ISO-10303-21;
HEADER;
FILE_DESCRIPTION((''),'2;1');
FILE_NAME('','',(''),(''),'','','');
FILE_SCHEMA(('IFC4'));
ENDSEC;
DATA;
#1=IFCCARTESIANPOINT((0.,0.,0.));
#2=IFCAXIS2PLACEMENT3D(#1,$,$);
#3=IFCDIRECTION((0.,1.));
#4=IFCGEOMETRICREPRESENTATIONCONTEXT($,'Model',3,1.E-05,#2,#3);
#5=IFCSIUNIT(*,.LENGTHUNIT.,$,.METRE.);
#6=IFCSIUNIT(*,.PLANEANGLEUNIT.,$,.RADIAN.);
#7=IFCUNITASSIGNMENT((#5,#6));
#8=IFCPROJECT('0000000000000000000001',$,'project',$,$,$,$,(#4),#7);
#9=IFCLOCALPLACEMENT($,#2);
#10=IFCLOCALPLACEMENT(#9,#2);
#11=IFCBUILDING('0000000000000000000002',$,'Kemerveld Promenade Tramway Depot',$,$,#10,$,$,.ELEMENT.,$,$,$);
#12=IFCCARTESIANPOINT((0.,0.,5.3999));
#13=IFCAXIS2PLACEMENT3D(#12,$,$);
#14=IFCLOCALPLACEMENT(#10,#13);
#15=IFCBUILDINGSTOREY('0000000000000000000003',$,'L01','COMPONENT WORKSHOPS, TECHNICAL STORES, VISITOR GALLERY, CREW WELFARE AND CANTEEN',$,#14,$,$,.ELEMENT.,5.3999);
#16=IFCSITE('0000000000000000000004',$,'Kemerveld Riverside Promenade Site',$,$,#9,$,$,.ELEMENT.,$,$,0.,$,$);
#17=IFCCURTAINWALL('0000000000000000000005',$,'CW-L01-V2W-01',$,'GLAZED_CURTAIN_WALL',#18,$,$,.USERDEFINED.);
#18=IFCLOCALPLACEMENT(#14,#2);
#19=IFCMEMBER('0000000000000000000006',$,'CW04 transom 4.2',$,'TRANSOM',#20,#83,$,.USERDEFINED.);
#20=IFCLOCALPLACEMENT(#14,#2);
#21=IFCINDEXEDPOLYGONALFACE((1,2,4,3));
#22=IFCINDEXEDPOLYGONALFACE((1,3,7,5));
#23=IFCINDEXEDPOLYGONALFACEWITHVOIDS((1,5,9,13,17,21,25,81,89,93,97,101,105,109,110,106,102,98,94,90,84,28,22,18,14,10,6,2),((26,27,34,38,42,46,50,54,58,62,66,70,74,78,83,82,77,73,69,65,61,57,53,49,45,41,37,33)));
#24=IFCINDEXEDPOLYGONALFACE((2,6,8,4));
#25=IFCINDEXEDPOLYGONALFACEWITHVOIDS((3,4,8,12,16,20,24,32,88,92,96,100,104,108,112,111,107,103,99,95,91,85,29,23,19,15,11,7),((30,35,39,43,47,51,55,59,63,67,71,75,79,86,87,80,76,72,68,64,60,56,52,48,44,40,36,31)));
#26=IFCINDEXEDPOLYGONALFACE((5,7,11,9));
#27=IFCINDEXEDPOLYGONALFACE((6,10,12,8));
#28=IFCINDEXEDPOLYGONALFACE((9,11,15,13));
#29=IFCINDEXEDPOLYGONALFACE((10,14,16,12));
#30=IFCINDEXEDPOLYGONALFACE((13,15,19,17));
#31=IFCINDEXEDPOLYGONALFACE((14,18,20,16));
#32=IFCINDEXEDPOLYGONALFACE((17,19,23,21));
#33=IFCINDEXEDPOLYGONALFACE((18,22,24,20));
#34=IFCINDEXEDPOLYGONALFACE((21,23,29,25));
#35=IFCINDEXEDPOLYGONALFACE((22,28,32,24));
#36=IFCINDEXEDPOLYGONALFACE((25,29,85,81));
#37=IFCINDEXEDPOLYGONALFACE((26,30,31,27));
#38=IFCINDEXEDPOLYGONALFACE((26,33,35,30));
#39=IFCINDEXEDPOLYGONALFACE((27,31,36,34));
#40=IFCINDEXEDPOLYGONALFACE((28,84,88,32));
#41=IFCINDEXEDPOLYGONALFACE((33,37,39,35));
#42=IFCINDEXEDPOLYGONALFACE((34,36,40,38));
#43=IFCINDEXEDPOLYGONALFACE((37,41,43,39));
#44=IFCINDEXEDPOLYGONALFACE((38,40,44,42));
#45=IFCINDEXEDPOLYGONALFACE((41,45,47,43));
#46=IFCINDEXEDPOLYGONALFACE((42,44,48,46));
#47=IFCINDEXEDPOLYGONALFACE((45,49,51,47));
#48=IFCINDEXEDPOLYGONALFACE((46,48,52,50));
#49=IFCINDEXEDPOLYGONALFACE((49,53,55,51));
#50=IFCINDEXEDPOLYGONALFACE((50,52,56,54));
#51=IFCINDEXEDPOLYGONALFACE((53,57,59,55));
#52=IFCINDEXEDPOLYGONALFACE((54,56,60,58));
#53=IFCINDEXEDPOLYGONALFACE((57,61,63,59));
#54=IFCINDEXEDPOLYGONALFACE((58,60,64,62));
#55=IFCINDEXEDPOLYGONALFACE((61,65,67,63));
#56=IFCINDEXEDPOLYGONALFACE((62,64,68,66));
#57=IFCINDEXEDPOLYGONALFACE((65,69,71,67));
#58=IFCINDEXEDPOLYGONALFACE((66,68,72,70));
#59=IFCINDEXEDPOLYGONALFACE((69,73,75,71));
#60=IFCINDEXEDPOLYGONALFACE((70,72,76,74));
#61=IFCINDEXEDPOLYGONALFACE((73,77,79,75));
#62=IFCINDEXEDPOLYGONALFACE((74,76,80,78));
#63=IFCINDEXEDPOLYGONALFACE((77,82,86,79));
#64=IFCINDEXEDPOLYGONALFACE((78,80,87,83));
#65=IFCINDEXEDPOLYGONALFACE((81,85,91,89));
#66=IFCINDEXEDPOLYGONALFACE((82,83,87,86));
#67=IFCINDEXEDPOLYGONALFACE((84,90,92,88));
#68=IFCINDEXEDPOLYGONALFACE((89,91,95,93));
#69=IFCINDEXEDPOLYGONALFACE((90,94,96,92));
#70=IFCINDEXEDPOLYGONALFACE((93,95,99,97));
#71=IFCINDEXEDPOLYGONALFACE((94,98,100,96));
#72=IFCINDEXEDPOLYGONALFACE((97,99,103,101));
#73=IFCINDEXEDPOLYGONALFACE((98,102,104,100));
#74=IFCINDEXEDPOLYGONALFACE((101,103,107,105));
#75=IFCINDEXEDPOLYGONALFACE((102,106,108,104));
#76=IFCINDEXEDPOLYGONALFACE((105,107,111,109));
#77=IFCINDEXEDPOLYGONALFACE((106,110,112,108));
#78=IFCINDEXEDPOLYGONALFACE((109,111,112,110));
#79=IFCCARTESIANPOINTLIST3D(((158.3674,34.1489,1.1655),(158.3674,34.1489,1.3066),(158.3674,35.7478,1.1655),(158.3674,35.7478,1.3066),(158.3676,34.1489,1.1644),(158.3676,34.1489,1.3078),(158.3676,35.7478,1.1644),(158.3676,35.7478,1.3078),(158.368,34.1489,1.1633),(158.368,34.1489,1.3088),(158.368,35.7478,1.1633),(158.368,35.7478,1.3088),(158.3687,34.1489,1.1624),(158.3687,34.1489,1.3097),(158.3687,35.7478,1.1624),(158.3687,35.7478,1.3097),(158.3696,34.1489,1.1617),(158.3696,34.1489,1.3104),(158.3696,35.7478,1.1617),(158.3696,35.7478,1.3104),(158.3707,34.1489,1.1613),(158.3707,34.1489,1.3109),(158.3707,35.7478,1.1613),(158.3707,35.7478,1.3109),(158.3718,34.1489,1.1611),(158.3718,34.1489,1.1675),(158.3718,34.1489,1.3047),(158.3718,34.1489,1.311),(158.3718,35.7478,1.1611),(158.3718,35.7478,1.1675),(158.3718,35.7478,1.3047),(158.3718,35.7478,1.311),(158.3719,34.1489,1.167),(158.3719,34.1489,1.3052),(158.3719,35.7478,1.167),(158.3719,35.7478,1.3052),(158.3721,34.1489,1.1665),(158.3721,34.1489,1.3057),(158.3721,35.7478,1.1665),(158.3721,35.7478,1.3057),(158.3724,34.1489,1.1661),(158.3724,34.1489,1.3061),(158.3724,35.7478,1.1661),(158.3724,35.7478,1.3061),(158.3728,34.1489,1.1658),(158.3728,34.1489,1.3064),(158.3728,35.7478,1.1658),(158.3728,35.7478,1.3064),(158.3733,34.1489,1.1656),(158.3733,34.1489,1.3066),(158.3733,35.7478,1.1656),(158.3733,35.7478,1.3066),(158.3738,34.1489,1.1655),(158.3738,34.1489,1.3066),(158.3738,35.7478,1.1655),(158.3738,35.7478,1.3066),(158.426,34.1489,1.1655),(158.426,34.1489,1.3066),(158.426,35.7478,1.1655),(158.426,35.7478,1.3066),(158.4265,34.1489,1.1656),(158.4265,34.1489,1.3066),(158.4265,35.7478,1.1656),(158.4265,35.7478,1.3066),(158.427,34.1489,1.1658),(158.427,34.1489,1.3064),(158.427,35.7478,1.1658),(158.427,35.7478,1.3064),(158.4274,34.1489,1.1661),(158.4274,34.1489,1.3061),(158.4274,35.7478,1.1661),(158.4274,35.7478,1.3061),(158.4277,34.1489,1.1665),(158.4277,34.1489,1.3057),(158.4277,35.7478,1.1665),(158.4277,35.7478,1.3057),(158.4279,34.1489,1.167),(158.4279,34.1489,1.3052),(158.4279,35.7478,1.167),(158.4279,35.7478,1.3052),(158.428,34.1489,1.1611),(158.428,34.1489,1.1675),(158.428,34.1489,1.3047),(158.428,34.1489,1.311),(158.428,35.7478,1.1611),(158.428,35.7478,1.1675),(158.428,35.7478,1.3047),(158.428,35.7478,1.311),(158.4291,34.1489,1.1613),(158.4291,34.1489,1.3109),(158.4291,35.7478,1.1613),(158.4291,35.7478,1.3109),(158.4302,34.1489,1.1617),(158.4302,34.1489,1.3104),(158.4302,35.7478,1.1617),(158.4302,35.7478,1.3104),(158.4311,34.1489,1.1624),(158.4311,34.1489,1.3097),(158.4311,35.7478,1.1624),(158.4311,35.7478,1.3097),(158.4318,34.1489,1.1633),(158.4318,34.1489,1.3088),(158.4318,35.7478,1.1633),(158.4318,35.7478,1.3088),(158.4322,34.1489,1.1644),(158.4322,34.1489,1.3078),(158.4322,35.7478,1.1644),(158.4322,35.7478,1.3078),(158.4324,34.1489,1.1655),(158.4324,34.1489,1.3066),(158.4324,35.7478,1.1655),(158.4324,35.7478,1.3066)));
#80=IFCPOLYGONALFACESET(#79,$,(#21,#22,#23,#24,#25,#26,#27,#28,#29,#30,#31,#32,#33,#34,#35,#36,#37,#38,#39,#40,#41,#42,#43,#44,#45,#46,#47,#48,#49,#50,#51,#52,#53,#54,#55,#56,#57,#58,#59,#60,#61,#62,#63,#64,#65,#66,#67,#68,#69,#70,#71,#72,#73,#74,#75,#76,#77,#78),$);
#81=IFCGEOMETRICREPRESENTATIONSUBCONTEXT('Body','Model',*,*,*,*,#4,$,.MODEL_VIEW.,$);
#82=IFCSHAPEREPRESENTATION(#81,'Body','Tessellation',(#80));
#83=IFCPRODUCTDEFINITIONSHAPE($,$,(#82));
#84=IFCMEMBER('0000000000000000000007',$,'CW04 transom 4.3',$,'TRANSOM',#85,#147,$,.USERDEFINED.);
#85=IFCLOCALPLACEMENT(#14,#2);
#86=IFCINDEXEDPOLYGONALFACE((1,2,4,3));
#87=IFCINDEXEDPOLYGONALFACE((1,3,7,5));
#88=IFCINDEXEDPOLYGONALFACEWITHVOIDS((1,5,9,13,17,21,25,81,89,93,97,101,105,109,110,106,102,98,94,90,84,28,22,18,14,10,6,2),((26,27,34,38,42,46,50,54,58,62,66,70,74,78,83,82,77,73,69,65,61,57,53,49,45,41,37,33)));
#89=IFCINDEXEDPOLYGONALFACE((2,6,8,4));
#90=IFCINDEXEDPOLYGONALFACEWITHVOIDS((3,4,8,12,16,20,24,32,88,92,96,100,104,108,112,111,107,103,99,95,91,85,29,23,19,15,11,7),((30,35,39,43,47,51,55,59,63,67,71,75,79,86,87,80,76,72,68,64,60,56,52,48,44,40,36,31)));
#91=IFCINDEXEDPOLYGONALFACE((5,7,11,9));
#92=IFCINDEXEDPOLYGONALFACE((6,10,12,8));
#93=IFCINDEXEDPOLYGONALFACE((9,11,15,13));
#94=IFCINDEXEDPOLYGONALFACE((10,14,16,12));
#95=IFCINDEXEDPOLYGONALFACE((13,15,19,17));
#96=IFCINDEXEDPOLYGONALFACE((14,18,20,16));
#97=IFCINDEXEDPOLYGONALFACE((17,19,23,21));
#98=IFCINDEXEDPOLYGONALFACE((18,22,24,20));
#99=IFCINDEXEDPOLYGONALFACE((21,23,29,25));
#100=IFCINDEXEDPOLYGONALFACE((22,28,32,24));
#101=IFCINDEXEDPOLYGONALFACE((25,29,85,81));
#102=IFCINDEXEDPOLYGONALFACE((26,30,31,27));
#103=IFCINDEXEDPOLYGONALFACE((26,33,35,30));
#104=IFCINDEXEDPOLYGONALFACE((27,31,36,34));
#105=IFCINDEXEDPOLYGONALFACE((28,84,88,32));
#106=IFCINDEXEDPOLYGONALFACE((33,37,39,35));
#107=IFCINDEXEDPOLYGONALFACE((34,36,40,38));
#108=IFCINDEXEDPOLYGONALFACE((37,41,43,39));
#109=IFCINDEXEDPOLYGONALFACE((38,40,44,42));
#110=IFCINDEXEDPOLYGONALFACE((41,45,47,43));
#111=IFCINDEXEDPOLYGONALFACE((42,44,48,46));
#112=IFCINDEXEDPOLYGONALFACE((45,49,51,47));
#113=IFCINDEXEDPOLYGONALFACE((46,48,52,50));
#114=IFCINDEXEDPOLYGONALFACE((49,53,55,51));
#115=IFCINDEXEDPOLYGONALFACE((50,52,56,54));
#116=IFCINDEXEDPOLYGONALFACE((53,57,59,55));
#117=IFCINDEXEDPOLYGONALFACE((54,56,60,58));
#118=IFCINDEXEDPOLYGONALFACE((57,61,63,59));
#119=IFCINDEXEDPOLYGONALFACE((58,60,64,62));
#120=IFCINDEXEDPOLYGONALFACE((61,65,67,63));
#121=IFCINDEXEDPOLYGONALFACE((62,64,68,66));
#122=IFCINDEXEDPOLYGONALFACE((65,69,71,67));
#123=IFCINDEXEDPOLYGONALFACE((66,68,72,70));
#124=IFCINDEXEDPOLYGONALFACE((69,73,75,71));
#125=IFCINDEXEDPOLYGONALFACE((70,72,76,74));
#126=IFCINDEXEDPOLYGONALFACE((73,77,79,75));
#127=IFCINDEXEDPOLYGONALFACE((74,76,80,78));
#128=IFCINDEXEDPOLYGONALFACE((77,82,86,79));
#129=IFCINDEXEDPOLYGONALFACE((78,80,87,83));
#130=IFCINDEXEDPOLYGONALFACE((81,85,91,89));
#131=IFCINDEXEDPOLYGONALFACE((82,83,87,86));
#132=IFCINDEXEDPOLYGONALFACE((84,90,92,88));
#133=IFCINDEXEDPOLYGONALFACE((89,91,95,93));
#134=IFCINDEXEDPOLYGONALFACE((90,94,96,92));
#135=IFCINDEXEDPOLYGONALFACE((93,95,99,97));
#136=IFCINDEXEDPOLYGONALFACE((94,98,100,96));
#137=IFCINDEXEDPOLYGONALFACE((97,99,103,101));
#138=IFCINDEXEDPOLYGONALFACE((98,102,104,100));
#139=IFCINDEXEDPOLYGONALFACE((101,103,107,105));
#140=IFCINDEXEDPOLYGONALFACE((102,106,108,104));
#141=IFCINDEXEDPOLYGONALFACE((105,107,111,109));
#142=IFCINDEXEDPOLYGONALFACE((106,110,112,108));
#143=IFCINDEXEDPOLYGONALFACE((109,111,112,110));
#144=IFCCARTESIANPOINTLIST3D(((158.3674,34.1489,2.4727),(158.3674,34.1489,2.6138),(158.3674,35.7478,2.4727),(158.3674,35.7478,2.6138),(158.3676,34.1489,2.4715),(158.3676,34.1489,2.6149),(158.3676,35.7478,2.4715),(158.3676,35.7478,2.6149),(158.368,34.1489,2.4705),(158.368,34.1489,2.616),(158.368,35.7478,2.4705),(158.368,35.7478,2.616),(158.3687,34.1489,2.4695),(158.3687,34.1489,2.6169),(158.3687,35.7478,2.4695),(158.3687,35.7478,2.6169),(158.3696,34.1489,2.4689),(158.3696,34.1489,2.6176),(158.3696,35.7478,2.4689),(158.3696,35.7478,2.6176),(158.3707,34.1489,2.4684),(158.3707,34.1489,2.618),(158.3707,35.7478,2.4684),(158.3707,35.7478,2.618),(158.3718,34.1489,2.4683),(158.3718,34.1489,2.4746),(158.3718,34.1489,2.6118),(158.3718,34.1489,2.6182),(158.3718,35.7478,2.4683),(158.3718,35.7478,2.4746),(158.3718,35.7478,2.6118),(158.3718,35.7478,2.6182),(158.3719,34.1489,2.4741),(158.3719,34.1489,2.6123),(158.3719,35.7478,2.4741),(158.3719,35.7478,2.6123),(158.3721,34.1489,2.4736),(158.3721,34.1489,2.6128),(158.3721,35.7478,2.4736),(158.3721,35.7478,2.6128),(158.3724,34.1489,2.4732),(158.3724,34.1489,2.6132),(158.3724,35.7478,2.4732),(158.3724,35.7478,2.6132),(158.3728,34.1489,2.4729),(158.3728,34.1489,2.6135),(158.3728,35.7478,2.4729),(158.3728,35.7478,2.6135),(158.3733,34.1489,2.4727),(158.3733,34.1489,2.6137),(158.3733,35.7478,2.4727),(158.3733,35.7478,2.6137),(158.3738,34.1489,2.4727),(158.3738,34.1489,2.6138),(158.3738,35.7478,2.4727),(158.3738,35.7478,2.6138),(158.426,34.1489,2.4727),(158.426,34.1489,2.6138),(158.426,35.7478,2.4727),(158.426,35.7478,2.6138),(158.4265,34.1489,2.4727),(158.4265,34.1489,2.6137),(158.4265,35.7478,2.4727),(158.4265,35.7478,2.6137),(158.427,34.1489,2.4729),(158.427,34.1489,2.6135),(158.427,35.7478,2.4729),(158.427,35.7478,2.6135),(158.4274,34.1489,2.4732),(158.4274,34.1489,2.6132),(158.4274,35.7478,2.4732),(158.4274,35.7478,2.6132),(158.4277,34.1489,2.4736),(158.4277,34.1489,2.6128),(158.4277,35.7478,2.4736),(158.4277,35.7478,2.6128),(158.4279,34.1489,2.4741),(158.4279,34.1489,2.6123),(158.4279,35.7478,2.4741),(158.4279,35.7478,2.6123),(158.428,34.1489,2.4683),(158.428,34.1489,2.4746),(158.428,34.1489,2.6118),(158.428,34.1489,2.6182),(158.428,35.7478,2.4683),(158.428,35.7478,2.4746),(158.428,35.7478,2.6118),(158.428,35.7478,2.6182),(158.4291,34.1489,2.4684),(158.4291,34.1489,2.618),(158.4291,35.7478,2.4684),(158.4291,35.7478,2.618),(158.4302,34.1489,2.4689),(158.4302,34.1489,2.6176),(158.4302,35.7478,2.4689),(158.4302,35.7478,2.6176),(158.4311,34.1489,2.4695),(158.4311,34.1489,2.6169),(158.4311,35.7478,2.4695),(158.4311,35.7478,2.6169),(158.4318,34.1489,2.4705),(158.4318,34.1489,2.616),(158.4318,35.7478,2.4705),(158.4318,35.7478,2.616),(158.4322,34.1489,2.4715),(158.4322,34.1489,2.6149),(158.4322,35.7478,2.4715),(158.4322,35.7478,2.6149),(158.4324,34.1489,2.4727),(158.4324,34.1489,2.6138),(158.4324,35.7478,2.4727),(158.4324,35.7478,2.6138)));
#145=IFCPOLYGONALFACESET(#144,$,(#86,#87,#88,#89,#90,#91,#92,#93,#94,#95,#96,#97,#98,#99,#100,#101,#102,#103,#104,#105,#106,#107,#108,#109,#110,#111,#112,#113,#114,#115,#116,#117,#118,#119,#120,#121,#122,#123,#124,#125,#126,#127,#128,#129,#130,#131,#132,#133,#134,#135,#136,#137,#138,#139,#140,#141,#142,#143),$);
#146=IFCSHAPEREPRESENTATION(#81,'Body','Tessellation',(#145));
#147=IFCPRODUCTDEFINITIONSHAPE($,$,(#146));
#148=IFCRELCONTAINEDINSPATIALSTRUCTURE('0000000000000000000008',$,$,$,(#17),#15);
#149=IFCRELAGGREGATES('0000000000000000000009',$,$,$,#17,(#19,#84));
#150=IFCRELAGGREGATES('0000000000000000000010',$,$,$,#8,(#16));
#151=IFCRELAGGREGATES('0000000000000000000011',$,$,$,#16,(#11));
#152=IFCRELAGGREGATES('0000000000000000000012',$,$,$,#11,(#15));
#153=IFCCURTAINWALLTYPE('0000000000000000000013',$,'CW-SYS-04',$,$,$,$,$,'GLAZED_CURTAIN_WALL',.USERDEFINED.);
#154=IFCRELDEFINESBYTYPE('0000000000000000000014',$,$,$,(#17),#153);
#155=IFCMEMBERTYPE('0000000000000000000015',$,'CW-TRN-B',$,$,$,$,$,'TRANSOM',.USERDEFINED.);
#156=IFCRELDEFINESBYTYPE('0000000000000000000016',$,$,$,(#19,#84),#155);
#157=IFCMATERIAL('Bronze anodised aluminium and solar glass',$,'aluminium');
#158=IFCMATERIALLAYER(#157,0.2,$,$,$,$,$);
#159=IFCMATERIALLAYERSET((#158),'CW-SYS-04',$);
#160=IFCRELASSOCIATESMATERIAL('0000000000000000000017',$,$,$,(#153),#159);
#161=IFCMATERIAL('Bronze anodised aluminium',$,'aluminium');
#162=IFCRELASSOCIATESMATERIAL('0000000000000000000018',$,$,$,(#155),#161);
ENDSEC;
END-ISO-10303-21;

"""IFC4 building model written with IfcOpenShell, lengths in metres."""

from ifc_helpers import new_model, si_unit, direction, frame, origin, origin_2d, place, context, subcontext, project, spatial, hollow_rectangle, extrude, material, layer, layer_set, material_profile, profile_set, type_object, element, aggregate, save


model = new_model("IFC4")

# Units and contexts
model_context = context("Model", 3, precision=1e-05, world=origin(), true_north=direction((0.0, 1.0)))
body_context = subcontext(model_context, "Body", "Model", "MODEL_VIEW")
ifc_project = project(units=[si_unit("LENGTHUNIT", "METRE"), si_unit("PLANEANGLEUNIT", "RADIAN")], contexts=[model_context])

# Site, building, storey
site_placement = place(None, origin())
site = spatial("IfcSite", under=ifc_project, at=site_placement, Name="Kemerveld Riverside Promenade Site", CompositionType="ELEMENT", RefElevation=0.0)
building_placement = place(site_placement, origin())
building = spatial("IfcBuilding", under=site, at=building_placement, Name="Kemerveld Promenade Tramway Depot", CompositionType="ELEMENT")
storey_placement = place(building_placement, frame((0.0, 0.0, 5.3999)))
storey = spatial("IfcBuildingStorey", under=building, at=storey_placement, Name="L01", Description="COMPONENT WORKSHOPS, TECHNICAL STORES, VISITOR GALLERY, CREW WELFARE AND CANTEEN", CompositionType="ELEMENT", Elevation=5.3999)

# Curtain wall
ifc_material_1 = material(Name="Bronze anodised aluminium and solar glass", Category="aluminium")
ifc_layer_1 = layer(ifc_material_1, 0.2)
ifc_layer_set_1 = layer_set([ifc_layer_1], Name="CW-SYS-04")
curtain_wall_type_1 = type_object("IfcCurtainWallType", Name="CW-SYS-04", ElementType="GLAZED_CURTAIN_WALL", PredefinedType="USERDEFINED", material=ifc_layer_set_1)
curtain_wall_1_placement = place(storey_placement, origin())
curtain_wall_1 = element("IfcCurtainWall", 1, at=curtain_wall_1_placement, inside=storey, type_object=curtain_wall_type_1, Name="CW-L01-V2W-01", ObjectType="GLAZED_CURTAIN_WALL", PredefinedType="USERDEFINED")
ifc_material_2 = material(Name="Bronze anodised aluminium", Category="aluminium")

# Members
ifc_material_profile_1 = material_profile(ifc_material_2, hollow_rectangle(XDim=0.0649, YDim=0.1499, WallThickness=0.0044, InnerFilletRadius=0.002, OuterFilletRadius=0.0044, at=origin_2d()), Name="CW-TRN-150x65")
ifc_profile_set_1 = profile_set([ifc_material_profile_1], Name="Bronze anodised aluminium")
member_type_1 = type_object("IfcMemberType", Name="CW-TRN-B", ElementType="TRANSOM", PredefinedType="USERDEFINED", material=ifc_profile_set_1)
member_1_placement = place(storey_placement, frame((158.3999, 34.1489, 1.2361), z_axis=(0.0, 1.0, 0.0), x_axis=(-1.0, 0.0, 0.0)))
member_1 = element("IfcMember", 2, at=member_1_placement, type_object=member_type_1, Name="CW04 transom 4.2", ObjectType="TRANSOM", PredefinedType="USERDEFINED", context=body_context, shape_type="SweptSolid", body=[
    extrude(hollow_rectangle(XDim=0.0649, YDim=0.1499, WallThickness=0.0044, InnerFilletRadius=0.002, OuterFilletRadius=0.0044, at=origin_2d()), origin(), (0.0, 0.0, 1.0), 1.5989),
])
member_2_placement = place(storey_placement, frame((158.3999, 34.1489, 2.5432), z_axis=(0.0, 1.0, 0.0), x_axis=(-1.0, 0.0, 0.0)))
member_2 = element("IfcMember", 3, at=member_2_placement, type_object=member_type_1, Name="CW04 transom 4.3", ObjectType="TRANSOM", PredefinedType="USERDEFINED", context=body_context, shape_type="SweptSolid", body=[
    extrude(hollow_rectangle(XDim=0.0649, YDim=0.1499, WallThickness=0.0044, InnerFilletRadius=0.002, OuterFilletRadius=0.0044, at=origin_2d()), origin(), (0.0, 0.0, 1.0), 1.5989),
])

aggregate(curtain_wall_1, [member_1, member_2])

save(model, "model.ifc")
